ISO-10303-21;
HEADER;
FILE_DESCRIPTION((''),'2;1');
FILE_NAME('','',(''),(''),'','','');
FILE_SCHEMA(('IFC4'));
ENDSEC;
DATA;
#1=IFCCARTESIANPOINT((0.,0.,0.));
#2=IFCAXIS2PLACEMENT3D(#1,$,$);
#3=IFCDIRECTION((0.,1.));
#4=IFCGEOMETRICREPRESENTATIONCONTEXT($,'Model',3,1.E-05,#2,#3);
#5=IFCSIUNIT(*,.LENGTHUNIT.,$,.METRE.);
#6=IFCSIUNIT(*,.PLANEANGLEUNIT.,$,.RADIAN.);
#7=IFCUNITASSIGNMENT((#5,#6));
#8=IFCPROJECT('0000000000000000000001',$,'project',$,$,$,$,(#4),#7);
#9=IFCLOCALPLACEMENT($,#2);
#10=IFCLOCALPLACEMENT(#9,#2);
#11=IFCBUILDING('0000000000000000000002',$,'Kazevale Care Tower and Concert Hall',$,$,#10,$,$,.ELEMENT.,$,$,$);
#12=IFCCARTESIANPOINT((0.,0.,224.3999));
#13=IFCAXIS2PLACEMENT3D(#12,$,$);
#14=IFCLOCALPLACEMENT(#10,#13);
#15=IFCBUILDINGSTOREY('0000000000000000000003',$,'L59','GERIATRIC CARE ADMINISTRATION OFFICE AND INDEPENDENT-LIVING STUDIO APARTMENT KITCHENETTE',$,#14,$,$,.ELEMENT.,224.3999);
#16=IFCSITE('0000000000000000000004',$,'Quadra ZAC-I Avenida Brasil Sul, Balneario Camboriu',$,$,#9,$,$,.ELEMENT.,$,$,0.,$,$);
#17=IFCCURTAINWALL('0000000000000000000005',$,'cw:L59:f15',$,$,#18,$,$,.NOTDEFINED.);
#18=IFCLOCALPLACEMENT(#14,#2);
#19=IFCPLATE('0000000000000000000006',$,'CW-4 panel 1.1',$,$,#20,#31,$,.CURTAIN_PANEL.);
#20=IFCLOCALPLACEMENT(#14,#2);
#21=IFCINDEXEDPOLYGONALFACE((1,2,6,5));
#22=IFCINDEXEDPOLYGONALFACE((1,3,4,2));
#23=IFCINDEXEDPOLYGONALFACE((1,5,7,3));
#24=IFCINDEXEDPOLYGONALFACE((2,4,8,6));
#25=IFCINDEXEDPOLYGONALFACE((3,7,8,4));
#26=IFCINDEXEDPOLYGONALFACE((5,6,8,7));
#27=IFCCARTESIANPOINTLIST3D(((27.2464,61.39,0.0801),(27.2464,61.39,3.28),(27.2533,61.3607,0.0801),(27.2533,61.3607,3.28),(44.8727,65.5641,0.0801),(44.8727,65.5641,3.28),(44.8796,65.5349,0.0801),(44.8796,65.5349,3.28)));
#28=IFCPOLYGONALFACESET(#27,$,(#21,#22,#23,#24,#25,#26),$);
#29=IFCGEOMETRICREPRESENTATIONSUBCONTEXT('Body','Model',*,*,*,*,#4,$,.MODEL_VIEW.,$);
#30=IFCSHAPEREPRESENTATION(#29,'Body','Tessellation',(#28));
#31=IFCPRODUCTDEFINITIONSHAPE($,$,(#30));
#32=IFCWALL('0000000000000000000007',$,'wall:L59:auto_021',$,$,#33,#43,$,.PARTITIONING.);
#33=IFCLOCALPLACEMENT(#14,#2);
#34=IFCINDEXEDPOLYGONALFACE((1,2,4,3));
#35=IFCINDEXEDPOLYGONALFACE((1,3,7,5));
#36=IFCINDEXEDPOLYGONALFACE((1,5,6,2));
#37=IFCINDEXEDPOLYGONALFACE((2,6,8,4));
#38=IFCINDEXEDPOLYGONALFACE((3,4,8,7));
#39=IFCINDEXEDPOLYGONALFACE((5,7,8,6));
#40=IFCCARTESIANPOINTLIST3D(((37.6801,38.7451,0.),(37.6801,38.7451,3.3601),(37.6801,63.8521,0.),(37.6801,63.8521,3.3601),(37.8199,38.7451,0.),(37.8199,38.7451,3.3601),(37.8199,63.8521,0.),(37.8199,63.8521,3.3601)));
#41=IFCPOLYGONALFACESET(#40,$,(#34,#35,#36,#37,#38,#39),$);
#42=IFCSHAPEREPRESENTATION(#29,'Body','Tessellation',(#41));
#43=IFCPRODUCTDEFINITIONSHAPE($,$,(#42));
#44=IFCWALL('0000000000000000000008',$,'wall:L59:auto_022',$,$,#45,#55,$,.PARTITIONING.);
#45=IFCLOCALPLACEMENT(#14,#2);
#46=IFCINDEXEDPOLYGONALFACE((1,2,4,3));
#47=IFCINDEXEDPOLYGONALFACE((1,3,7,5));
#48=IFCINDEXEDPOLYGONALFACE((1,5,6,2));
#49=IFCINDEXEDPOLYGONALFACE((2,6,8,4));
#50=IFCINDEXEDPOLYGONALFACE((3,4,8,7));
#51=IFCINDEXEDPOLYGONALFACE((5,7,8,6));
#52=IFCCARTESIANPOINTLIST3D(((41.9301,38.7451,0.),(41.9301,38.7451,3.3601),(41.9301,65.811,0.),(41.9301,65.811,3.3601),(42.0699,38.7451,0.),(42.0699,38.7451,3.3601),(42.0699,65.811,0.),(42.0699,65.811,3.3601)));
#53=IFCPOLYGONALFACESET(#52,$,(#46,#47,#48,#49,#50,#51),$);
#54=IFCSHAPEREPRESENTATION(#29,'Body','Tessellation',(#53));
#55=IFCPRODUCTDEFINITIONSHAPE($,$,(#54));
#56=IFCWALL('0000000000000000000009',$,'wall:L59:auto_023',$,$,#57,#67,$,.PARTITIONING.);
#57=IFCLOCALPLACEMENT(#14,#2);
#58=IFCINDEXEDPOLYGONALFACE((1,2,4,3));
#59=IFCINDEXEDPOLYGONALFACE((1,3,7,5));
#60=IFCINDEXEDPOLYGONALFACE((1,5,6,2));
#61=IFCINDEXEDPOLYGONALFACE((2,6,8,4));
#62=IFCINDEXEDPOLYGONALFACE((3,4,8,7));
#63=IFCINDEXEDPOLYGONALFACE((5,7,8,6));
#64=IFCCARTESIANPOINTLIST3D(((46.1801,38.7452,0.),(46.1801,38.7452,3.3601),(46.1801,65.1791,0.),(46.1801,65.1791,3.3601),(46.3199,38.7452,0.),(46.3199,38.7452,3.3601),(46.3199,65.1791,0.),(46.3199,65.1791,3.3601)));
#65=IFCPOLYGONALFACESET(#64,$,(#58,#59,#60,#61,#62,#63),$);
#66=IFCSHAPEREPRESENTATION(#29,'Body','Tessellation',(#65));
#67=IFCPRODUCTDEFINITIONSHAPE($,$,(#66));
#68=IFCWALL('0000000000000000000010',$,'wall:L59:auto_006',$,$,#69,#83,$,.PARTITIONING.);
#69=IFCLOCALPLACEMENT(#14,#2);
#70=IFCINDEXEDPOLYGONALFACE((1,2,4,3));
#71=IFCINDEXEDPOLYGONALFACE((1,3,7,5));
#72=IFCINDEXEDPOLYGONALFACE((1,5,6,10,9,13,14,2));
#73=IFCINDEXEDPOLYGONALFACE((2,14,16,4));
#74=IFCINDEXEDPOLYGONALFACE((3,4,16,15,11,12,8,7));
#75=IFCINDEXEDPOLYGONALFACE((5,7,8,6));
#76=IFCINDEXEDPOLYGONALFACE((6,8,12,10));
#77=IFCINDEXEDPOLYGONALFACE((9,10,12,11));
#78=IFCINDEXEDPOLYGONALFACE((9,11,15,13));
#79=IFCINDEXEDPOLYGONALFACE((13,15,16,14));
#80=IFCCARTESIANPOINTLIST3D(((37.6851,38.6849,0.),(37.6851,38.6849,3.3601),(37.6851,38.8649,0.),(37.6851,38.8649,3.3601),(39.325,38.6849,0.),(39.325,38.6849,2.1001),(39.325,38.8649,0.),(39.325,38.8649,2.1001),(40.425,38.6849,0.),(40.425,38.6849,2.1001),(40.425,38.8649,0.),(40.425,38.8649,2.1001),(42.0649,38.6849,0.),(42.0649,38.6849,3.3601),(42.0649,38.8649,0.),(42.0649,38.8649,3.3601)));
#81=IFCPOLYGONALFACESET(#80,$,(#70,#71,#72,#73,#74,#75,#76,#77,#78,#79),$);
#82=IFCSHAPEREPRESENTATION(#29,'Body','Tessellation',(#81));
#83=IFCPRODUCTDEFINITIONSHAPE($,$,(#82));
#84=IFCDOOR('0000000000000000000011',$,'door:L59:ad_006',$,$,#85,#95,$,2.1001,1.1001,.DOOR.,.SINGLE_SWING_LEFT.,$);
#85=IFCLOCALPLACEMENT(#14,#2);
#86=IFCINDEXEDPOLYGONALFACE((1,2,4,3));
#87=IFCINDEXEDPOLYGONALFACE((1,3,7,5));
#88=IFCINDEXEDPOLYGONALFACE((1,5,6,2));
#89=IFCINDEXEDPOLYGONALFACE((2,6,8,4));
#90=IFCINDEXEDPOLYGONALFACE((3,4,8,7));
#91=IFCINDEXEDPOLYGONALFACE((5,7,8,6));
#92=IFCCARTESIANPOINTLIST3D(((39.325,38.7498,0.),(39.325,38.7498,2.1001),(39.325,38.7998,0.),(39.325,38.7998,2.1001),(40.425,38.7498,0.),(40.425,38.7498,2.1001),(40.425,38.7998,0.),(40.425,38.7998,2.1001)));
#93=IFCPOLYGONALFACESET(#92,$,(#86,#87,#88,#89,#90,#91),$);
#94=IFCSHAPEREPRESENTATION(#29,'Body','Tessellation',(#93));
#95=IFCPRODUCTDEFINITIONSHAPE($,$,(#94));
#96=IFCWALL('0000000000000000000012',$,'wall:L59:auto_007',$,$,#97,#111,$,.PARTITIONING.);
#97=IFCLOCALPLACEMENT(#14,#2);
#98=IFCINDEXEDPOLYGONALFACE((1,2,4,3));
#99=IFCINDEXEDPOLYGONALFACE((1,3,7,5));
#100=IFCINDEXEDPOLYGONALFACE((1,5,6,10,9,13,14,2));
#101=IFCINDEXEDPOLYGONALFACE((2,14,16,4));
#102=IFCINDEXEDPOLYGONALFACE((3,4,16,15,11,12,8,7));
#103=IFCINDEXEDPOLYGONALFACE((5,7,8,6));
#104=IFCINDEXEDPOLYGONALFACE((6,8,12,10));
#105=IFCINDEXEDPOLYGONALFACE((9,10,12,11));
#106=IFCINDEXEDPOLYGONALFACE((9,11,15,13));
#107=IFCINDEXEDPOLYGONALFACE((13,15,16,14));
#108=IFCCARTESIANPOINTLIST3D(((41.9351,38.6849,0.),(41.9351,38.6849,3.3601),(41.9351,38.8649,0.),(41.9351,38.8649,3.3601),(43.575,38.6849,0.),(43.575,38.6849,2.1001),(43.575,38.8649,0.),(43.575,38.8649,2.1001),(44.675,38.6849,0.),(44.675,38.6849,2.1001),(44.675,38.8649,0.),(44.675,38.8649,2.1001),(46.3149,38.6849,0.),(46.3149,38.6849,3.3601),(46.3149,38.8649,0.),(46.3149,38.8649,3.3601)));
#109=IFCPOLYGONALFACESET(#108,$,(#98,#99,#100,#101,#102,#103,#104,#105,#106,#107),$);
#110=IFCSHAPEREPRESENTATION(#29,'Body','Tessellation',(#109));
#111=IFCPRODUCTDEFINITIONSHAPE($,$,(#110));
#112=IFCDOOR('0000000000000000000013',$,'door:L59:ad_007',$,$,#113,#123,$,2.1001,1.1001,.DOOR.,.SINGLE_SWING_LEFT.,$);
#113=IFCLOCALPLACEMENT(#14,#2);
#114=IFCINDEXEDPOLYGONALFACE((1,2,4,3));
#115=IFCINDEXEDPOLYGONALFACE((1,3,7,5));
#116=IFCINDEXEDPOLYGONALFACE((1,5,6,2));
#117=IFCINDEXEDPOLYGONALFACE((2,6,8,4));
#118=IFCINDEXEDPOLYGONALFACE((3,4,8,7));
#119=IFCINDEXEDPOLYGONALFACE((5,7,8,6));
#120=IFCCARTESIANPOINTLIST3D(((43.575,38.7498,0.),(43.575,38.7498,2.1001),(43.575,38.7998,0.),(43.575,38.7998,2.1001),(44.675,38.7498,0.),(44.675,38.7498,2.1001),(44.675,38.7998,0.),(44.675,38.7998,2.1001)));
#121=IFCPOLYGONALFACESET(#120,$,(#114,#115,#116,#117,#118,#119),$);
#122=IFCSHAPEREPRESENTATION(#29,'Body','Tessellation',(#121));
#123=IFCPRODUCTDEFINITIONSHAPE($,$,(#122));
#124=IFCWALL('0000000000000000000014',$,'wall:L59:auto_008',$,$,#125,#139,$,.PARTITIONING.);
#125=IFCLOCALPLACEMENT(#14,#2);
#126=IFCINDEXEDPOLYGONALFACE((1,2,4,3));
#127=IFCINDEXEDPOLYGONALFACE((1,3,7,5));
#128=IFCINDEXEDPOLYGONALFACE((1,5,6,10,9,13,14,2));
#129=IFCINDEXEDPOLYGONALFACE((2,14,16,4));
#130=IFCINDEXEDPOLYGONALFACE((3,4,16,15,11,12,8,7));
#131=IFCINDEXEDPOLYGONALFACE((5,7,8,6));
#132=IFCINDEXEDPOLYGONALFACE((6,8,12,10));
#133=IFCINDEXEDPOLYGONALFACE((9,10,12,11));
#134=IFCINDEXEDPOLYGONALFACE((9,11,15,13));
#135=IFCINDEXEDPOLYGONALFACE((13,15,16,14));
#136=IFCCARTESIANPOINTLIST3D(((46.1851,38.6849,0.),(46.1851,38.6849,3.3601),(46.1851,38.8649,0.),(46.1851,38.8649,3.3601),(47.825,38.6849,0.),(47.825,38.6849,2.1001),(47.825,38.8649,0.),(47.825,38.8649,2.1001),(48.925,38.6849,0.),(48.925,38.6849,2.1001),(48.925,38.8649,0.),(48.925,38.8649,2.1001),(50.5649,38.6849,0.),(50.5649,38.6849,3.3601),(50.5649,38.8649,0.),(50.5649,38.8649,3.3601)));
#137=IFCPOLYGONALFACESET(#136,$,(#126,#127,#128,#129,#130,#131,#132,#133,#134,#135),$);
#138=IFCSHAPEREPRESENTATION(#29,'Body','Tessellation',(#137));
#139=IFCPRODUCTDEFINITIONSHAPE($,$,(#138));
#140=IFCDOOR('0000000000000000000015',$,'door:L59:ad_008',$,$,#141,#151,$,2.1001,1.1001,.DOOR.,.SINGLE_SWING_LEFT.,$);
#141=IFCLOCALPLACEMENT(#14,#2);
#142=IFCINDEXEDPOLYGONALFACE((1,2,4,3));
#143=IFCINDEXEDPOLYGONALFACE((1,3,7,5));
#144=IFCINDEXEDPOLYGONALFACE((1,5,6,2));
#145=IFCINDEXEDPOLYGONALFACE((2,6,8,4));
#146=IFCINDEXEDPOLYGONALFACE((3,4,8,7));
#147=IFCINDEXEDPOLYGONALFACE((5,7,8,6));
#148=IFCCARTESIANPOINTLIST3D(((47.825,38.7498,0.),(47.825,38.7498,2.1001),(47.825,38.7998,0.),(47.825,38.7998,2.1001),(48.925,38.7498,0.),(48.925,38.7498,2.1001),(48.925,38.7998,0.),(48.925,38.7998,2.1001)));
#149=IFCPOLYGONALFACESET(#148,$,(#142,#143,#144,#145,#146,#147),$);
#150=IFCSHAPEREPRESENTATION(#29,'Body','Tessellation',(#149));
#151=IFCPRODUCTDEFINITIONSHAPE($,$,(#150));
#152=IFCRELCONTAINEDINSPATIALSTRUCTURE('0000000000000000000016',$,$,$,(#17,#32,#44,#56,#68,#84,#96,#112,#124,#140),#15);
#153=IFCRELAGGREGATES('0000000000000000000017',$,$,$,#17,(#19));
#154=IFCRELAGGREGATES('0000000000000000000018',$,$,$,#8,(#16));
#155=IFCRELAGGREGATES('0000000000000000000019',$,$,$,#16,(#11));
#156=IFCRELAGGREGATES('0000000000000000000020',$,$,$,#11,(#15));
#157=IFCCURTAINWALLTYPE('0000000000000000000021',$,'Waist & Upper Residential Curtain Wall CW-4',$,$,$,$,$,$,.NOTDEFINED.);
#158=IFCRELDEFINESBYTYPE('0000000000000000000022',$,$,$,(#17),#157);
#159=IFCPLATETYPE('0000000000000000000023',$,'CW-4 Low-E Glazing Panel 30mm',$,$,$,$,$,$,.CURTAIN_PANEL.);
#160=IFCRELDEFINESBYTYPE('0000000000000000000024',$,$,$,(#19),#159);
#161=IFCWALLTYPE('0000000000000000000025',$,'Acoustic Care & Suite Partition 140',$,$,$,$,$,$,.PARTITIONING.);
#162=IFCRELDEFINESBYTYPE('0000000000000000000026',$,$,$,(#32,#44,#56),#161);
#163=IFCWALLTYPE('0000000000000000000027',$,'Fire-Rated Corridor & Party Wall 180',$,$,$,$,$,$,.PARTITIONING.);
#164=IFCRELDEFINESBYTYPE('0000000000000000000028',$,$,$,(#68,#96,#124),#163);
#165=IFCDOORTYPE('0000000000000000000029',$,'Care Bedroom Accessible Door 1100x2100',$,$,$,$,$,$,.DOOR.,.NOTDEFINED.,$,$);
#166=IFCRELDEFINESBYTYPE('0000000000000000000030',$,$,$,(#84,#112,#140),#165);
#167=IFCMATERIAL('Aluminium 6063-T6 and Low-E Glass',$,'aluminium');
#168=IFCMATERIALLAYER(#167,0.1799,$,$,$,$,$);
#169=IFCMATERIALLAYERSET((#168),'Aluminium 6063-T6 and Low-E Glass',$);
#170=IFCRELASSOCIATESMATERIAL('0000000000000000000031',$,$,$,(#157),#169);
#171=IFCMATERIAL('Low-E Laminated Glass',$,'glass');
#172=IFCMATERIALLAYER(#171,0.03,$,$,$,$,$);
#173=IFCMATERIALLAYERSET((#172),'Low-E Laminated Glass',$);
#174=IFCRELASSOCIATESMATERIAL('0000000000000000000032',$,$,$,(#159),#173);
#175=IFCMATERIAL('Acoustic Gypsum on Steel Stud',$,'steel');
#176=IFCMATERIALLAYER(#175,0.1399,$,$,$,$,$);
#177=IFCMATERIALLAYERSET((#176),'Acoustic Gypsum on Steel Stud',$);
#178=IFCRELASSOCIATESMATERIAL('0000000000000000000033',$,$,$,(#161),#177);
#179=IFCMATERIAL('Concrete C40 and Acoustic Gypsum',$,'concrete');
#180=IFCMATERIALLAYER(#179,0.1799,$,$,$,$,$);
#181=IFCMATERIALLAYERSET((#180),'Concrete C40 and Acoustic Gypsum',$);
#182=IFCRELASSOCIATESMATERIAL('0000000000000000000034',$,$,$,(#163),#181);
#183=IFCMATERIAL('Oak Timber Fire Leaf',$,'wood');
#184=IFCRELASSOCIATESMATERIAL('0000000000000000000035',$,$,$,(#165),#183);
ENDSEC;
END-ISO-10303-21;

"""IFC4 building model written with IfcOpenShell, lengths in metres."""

from ifc_helpers import new_model, si_unit, direction, frame, frame_2d, origin, origin_2d, place, context, subcontext, project, spatial, rectangle, extrude, material, layer, layer_set, type_object, element, fill, aggregate, save


model = new_model("IFC4")

# Units and contexts
model_context = context("Model", 3, precision=1e-05, world=origin(), true_north=direction((0.0, 1.0)))
body_context = subcontext(model_context, "Body", "Model", "MODEL_VIEW")
ifc_project = project(units=[si_unit("LENGTHUNIT", "METRE"), si_unit("PLANEANGLEUNIT", "RADIAN")], contexts=[model_context])

# Site, building, storey
site_placement = place(None, origin())
site = spatial("IfcSite", under=ifc_project, at=site_placement, Name="Quadra ZAC-I Avenida Brasil Sul, Balneario Camboriu", CompositionType="ELEMENT", RefElevation=0.0)
building_placement = place(site_placement, origin())
building = spatial("IfcBuilding", under=site, at=building_placement, Name="Kazevale Care Tower and Concert Hall", CompositionType="ELEMENT")
storey_placement = place(building_placement, frame((0.0, 0.0, 224.3999)))
storey = spatial("IfcBuildingStorey", under=building, at=storey_placement, Name="L59", Description="GERIATRIC CARE ADMINISTRATION OFFICE AND INDEPENDENT-LIVING STUDIO APARTMENT KITCHENETTE", CompositionType="ELEMENT", Elevation=224.3999)

# Shared definitions
ifc_material_1 = material(Name="Aluminium 6063-T6 and Low-E Glass", Category="aluminium")

# Curtain wall
ifc_layer_1 = layer(ifc_material_1, 0.1799)
ifc_layer_set_1 = layer_set([ifc_layer_1], Name="Aluminium 6063-T6 and Low-E Glass")
curtain_wall_type_1 = type_object("IfcCurtainWallType", Name="Waist & Upper Residential Curtain Wall CW-4", PredefinedType="NOTDEFINED", material=ifc_layer_set_1)
curtain_wall_1_placement = place(storey_placement, origin())
curtain_wall_1 = element("IfcCurtainWall", 1, at=curtain_wall_1_placement, inside=storey, type_object=curtain_wall_type_1, Name="cw:L59:f15", PredefinedType="NOTDEFINED")

# Plate
ifc_material_2 = material(Name="Low-E Laminated Glass", Category="glass")
ifc_layer_2 = layer(ifc_material_2, 0.03)
ifc_layer_set_2 = layer_set([ifc_layer_2], Name="Low-E Laminated Glass")
plate_type = type_object("IfcPlateType", Name="CW-4 Low-E Glazing Panel 30mm", PredefinedType="CURTAIN_PANEL", material=ifc_layer_set_2)
plate_placement = place(storey_placement, frame((36.063, 63.4624, 0.0801), z_axis=(0.0, 0.0, 1.0), x_axis=(0.973087, 0.230439, 0.0)))
plate = element("IfcPlate", 2, at=plate_placement, type_object=plate_type, Name="CW-4 panel 1.1", PredefinedType="CURTAIN_PANEL", context=body_context, shape_type="SweptSolid", body=[
    extrude(rectangle(XDim=18.1138, YDim=0.03, at=origin_2d()), origin(), (0.0, 0.0, 1.0), 3.2),
])
aggregate(curtain_wall_1, [plate])

# Walls
ifc_material_3 = material(Name="Acoustic Gypsum on Steel Stud", Category="steel")
ifc_layer_3 = layer(ifc_material_3, 0.1399)
ifc_layer_set_3 = layer_set([ifc_layer_3], Name="Acoustic Gypsum on Steel Stud")
wall_type_1 = type_object("IfcWallType", Name="Acoustic Care & Suite Partition 140", PredefinedType="PARTITIONING", material=ifc_layer_set_3)
wall_1_placement = place(storey_placement, frame((37.75, 63.8521, 0.0), z_axis=(0.0, 0.0, 1.0), x_axis=(0.0, -1.0, 0.0)))
element("IfcWall", 3, at=wall_1_placement, inside=storey, type_object=wall_type_1, Name="wall:L59:auto_021", PredefinedType="PARTITIONING", context=body_context, shape_type="SweptSolid", body=[
    extrude(rectangle(XDim=25.1069, YDim=0.1399, at=frame_2d((12.5535, 0.0))), origin(), (0.0, 0.0, 1.0), 3.3601),
])
wall_2_placement = place(storey_placement, frame((42.0, 65.811, 0.0), z_axis=(0.0, 0.0, 1.0), x_axis=(0.0, -1.0, 0.0)))
element("IfcWall", 4, at=wall_2_placement, inside=storey, type_object=wall_type_1, Name="wall:L59:auto_022", PredefinedType="PARTITIONING", context=body_context, shape_type="SweptSolid", body=[
    extrude(rectangle(XDim=27.0659, YDim=0.1399, at=frame_2d((13.533, 0.0))), origin(), (0.0, 0.0, 1.0), 3.3601),
])
wall_3_placement = place(storey_placement, frame((46.25, 65.179, 0.0), z_axis=(0.0, 0.0, 1.0), x_axis=(0.0, -1.0, 0.0)))
element("IfcWall", 5, at=wall_3_placement, inside=storey, type_object=wall_type_1, Name="wall:L59:auto_023", PredefinedType="PARTITIONING", context=body_context, shape_type="SweptSolid", body=[
    extrude(rectangle(XDim=26.4338, YDim=0.1399, at=frame_2d((13.2168, 0.0))), origin(), (0.0, 0.0, 1.0), 3.3601),
])

# Walls, openings, doors
ifc_material_4 = material(Name="Concrete C40 and Acoustic Gypsum", Category="concrete")
ifc_layer_4 = layer(ifc_material_4, 0.1799)
ifc_layer_set_4 = layer_set([ifc_layer_4], Name="Concrete C40 and Acoustic Gypsum")
wall_type_2 = type_object("IfcWallType", Name="Fire-Rated Corridor & Party Wall 180", PredefinedType="PARTITIONING", material=ifc_layer_set_4)
wall_4_placement = place(storey_placement, frame((37.6851, 38.7749, 0.0), z_axis=(0.0, 0.0, 1.0), x_axis=(1.0, 0.0, 0.0)))
wall_4 = element("IfcWall", 6, at=wall_4_placement, inside=storey, type_object=wall_type_2, Name="wall:L59:auto_006", PredefinedType="PARTITIONING", context=body_context, shape_type="SweptSolid", body=[
    extrude(rectangle(XDim=4.3799, YDim=0.1799, at=frame_2d((2.1899, 0.0))), origin(), (0.0, 0.0, 1.0), 3.3601),
])
opening_1_placement = place(wall_4_placement, frame((1.6399, 0.0, 0.0)))
opening_1 = element("IfcOpeningElement", 7, at=opening_1_placement, cuts=wall_4, PredefinedType="OPENING", context=body_context, shape_type="SweptSolid", body=[
    extrude(rectangle(XDim=1.1001, YDim=2.1001, at=frame_2d((0.55, 1.05))), frame((0.0, 0.0999, 0.0), z_axis=(0.0, -1.0, 0.0), x_axis=(1.0, 0.0, 0.0)), (0.0, 0.0, 1.0), 0.2),
])
ifc_material_5 = material(Name="Oak Timber Fire Leaf", Category="wood")
door_type = type_object("IfcDoorType", Name="Care Bedroom Accessible Door 1100x2100", OperationType="NOTDEFINED", PredefinedType="DOOR", material=ifc_material_5)
door_1_placement = place(opening_1_placement, origin())
door_1 = element("IfcDoor", 8, at=door_1_placement, inside=storey, type_object=door_type, Name="door:L59:ad_006", OperationType="SINGLE_SWING_LEFT", OverallHeight=2.1001, OverallWidth=1.1001, PredefinedType="DOOR", context=body_context, shape_type="SweptSolid", body=[
    extrude(rectangle(XDim=1.1001, YDim=2.1001, at=frame_2d((0.55, 1.05))), frame((0.0, 0.0249, 0.0), z_axis=(0.0, -1.0, 0.0), x_axis=(1.0, 0.0, 0.0)), (0.0, 0.0, 1.0), 0.05),
])
fill(opening_1, door_1)
wall_5_placement = place(storey_placement, frame((41.9351, 38.7749, 0.0), z_axis=(0.0, 0.0, 1.0), x_axis=(1.0, 0.0, 0.0)))
wall_5 = element("IfcWall", 9, at=wall_5_placement, inside=storey, type_object=wall_type_2, Name="wall:L59:auto_007", PredefinedType="PARTITIONING", context=body_context, shape_type="SweptSolid", body=[
    extrude(rectangle(XDim=4.3799, YDim=0.1799, at=frame_2d((2.1899, 0.0))), origin(), (0.0, 0.0, 1.0), 3.3601),
])
opening_2_placement = place(wall_5_placement, frame((1.6399, 0.0, 0.0)))
opening_2 = element("IfcOpeningElement", 10, at=opening_2_placement, cuts=wall_5, PredefinedType="OPENING", context=body_context, shape_type="SweptSolid", body=[
    extrude(rectangle(XDim=1.1001, YDim=2.1001, at=frame_2d((0.55, 1.05))), frame((0.0, 0.0999, 0.0), z_axis=(0.0, -1.0, 0.0), x_axis=(1.0, 0.0, 0.0)), (0.0, 0.0, 1.0), 0.2),
])
door_2_placement = place(opening_2_placement, origin())
door_2 = element("IfcDoor", 11, at=door_2_placement, inside=storey, type_object=door_type, Name="door:L59:ad_007", OperationType="SINGLE_SWING_LEFT", OverallHeight=2.1001, OverallWidth=1.1001, PredefinedType="DOOR", context=body_context, shape_type="SweptSolid", body=[
    extrude(rectangle(XDim=1.1001, YDim=2.1001, at=frame_2d((0.55, 1.05))), frame((0.0, 0.0249, 0.0), z_axis=(0.0, -1.0, 0.0), x_axis=(1.0, 0.0, 0.0)), (0.0, 0.0, 1.0), 0.05),
])
fill(opening_2, door_2)
wall_6_placement = place(storey_placement, frame((46.1851, 38.7749, 0.0), z_axis=(0.0, 0.0, 1.0), x_axis=(1.0, 0.0, 0.0)))
wall_6 = element("IfcWall", 12, at=wall_6_placement, inside=storey, type_object=wall_type_2, Name="wall:L59:auto_008", PredefinedType="PARTITIONING", context=body_context, shape_type="SweptSolid", body=[
    extrude(rectangle(XDim=4.3799, YDim=0.1799, at=frame_2d((2.1899, 0.0))), origin(), (0.0, 0.0, 1.0), 3.3601),
])
opening_3_placement = place(wall_6_placement, frame((1.6399, 0.0, 0.0)))
opening_3 = element("IfcOpeningElement", 13, at=opening_3_placement, cuts=wall_6, PredefinedType="OPENING", context=body_context, shape_type="SweptSolid", body=[
    extrude(rectangle(XDim=1.1001, YDim=2.1001, at=frame_2d((0.55, 1.05))), frame((0.0, 0.0999, 0.0), z_axis=(0.0, -1.0, 0.0), x_axis=(1.0, 0.0, 0.0)), (0.0, 0.0, 1.0), 0.2),
])
door_3_placement = place(opening_3_placement, origin())
door_3 = element("IfcDoor", 14, at=door_3_placement, inside=storey, type_object=door_type, Name="door:L59:ad_008", OperationType="SINGLE_SWING_LEFT", OverallHeight=2.1001, OverallWidth=1.1001, PredefinedType="DOOR", context=body_context, shape_type="SweptSolid", body=[
    extrude(rectangle(XDim=1.1001, YDim=2.1001, at=frame_2d((0.55, 1.05))), frame((0.0, 0.0249, 0.0), z_axis=(0.0, -1.0, 0.0), x_axis=(1.0, 0.0, 0.0)), (0.0, 0.0, 1.0), 0.05),
])
fill(opening_3, door_3)

save(model, "model.ifc")
